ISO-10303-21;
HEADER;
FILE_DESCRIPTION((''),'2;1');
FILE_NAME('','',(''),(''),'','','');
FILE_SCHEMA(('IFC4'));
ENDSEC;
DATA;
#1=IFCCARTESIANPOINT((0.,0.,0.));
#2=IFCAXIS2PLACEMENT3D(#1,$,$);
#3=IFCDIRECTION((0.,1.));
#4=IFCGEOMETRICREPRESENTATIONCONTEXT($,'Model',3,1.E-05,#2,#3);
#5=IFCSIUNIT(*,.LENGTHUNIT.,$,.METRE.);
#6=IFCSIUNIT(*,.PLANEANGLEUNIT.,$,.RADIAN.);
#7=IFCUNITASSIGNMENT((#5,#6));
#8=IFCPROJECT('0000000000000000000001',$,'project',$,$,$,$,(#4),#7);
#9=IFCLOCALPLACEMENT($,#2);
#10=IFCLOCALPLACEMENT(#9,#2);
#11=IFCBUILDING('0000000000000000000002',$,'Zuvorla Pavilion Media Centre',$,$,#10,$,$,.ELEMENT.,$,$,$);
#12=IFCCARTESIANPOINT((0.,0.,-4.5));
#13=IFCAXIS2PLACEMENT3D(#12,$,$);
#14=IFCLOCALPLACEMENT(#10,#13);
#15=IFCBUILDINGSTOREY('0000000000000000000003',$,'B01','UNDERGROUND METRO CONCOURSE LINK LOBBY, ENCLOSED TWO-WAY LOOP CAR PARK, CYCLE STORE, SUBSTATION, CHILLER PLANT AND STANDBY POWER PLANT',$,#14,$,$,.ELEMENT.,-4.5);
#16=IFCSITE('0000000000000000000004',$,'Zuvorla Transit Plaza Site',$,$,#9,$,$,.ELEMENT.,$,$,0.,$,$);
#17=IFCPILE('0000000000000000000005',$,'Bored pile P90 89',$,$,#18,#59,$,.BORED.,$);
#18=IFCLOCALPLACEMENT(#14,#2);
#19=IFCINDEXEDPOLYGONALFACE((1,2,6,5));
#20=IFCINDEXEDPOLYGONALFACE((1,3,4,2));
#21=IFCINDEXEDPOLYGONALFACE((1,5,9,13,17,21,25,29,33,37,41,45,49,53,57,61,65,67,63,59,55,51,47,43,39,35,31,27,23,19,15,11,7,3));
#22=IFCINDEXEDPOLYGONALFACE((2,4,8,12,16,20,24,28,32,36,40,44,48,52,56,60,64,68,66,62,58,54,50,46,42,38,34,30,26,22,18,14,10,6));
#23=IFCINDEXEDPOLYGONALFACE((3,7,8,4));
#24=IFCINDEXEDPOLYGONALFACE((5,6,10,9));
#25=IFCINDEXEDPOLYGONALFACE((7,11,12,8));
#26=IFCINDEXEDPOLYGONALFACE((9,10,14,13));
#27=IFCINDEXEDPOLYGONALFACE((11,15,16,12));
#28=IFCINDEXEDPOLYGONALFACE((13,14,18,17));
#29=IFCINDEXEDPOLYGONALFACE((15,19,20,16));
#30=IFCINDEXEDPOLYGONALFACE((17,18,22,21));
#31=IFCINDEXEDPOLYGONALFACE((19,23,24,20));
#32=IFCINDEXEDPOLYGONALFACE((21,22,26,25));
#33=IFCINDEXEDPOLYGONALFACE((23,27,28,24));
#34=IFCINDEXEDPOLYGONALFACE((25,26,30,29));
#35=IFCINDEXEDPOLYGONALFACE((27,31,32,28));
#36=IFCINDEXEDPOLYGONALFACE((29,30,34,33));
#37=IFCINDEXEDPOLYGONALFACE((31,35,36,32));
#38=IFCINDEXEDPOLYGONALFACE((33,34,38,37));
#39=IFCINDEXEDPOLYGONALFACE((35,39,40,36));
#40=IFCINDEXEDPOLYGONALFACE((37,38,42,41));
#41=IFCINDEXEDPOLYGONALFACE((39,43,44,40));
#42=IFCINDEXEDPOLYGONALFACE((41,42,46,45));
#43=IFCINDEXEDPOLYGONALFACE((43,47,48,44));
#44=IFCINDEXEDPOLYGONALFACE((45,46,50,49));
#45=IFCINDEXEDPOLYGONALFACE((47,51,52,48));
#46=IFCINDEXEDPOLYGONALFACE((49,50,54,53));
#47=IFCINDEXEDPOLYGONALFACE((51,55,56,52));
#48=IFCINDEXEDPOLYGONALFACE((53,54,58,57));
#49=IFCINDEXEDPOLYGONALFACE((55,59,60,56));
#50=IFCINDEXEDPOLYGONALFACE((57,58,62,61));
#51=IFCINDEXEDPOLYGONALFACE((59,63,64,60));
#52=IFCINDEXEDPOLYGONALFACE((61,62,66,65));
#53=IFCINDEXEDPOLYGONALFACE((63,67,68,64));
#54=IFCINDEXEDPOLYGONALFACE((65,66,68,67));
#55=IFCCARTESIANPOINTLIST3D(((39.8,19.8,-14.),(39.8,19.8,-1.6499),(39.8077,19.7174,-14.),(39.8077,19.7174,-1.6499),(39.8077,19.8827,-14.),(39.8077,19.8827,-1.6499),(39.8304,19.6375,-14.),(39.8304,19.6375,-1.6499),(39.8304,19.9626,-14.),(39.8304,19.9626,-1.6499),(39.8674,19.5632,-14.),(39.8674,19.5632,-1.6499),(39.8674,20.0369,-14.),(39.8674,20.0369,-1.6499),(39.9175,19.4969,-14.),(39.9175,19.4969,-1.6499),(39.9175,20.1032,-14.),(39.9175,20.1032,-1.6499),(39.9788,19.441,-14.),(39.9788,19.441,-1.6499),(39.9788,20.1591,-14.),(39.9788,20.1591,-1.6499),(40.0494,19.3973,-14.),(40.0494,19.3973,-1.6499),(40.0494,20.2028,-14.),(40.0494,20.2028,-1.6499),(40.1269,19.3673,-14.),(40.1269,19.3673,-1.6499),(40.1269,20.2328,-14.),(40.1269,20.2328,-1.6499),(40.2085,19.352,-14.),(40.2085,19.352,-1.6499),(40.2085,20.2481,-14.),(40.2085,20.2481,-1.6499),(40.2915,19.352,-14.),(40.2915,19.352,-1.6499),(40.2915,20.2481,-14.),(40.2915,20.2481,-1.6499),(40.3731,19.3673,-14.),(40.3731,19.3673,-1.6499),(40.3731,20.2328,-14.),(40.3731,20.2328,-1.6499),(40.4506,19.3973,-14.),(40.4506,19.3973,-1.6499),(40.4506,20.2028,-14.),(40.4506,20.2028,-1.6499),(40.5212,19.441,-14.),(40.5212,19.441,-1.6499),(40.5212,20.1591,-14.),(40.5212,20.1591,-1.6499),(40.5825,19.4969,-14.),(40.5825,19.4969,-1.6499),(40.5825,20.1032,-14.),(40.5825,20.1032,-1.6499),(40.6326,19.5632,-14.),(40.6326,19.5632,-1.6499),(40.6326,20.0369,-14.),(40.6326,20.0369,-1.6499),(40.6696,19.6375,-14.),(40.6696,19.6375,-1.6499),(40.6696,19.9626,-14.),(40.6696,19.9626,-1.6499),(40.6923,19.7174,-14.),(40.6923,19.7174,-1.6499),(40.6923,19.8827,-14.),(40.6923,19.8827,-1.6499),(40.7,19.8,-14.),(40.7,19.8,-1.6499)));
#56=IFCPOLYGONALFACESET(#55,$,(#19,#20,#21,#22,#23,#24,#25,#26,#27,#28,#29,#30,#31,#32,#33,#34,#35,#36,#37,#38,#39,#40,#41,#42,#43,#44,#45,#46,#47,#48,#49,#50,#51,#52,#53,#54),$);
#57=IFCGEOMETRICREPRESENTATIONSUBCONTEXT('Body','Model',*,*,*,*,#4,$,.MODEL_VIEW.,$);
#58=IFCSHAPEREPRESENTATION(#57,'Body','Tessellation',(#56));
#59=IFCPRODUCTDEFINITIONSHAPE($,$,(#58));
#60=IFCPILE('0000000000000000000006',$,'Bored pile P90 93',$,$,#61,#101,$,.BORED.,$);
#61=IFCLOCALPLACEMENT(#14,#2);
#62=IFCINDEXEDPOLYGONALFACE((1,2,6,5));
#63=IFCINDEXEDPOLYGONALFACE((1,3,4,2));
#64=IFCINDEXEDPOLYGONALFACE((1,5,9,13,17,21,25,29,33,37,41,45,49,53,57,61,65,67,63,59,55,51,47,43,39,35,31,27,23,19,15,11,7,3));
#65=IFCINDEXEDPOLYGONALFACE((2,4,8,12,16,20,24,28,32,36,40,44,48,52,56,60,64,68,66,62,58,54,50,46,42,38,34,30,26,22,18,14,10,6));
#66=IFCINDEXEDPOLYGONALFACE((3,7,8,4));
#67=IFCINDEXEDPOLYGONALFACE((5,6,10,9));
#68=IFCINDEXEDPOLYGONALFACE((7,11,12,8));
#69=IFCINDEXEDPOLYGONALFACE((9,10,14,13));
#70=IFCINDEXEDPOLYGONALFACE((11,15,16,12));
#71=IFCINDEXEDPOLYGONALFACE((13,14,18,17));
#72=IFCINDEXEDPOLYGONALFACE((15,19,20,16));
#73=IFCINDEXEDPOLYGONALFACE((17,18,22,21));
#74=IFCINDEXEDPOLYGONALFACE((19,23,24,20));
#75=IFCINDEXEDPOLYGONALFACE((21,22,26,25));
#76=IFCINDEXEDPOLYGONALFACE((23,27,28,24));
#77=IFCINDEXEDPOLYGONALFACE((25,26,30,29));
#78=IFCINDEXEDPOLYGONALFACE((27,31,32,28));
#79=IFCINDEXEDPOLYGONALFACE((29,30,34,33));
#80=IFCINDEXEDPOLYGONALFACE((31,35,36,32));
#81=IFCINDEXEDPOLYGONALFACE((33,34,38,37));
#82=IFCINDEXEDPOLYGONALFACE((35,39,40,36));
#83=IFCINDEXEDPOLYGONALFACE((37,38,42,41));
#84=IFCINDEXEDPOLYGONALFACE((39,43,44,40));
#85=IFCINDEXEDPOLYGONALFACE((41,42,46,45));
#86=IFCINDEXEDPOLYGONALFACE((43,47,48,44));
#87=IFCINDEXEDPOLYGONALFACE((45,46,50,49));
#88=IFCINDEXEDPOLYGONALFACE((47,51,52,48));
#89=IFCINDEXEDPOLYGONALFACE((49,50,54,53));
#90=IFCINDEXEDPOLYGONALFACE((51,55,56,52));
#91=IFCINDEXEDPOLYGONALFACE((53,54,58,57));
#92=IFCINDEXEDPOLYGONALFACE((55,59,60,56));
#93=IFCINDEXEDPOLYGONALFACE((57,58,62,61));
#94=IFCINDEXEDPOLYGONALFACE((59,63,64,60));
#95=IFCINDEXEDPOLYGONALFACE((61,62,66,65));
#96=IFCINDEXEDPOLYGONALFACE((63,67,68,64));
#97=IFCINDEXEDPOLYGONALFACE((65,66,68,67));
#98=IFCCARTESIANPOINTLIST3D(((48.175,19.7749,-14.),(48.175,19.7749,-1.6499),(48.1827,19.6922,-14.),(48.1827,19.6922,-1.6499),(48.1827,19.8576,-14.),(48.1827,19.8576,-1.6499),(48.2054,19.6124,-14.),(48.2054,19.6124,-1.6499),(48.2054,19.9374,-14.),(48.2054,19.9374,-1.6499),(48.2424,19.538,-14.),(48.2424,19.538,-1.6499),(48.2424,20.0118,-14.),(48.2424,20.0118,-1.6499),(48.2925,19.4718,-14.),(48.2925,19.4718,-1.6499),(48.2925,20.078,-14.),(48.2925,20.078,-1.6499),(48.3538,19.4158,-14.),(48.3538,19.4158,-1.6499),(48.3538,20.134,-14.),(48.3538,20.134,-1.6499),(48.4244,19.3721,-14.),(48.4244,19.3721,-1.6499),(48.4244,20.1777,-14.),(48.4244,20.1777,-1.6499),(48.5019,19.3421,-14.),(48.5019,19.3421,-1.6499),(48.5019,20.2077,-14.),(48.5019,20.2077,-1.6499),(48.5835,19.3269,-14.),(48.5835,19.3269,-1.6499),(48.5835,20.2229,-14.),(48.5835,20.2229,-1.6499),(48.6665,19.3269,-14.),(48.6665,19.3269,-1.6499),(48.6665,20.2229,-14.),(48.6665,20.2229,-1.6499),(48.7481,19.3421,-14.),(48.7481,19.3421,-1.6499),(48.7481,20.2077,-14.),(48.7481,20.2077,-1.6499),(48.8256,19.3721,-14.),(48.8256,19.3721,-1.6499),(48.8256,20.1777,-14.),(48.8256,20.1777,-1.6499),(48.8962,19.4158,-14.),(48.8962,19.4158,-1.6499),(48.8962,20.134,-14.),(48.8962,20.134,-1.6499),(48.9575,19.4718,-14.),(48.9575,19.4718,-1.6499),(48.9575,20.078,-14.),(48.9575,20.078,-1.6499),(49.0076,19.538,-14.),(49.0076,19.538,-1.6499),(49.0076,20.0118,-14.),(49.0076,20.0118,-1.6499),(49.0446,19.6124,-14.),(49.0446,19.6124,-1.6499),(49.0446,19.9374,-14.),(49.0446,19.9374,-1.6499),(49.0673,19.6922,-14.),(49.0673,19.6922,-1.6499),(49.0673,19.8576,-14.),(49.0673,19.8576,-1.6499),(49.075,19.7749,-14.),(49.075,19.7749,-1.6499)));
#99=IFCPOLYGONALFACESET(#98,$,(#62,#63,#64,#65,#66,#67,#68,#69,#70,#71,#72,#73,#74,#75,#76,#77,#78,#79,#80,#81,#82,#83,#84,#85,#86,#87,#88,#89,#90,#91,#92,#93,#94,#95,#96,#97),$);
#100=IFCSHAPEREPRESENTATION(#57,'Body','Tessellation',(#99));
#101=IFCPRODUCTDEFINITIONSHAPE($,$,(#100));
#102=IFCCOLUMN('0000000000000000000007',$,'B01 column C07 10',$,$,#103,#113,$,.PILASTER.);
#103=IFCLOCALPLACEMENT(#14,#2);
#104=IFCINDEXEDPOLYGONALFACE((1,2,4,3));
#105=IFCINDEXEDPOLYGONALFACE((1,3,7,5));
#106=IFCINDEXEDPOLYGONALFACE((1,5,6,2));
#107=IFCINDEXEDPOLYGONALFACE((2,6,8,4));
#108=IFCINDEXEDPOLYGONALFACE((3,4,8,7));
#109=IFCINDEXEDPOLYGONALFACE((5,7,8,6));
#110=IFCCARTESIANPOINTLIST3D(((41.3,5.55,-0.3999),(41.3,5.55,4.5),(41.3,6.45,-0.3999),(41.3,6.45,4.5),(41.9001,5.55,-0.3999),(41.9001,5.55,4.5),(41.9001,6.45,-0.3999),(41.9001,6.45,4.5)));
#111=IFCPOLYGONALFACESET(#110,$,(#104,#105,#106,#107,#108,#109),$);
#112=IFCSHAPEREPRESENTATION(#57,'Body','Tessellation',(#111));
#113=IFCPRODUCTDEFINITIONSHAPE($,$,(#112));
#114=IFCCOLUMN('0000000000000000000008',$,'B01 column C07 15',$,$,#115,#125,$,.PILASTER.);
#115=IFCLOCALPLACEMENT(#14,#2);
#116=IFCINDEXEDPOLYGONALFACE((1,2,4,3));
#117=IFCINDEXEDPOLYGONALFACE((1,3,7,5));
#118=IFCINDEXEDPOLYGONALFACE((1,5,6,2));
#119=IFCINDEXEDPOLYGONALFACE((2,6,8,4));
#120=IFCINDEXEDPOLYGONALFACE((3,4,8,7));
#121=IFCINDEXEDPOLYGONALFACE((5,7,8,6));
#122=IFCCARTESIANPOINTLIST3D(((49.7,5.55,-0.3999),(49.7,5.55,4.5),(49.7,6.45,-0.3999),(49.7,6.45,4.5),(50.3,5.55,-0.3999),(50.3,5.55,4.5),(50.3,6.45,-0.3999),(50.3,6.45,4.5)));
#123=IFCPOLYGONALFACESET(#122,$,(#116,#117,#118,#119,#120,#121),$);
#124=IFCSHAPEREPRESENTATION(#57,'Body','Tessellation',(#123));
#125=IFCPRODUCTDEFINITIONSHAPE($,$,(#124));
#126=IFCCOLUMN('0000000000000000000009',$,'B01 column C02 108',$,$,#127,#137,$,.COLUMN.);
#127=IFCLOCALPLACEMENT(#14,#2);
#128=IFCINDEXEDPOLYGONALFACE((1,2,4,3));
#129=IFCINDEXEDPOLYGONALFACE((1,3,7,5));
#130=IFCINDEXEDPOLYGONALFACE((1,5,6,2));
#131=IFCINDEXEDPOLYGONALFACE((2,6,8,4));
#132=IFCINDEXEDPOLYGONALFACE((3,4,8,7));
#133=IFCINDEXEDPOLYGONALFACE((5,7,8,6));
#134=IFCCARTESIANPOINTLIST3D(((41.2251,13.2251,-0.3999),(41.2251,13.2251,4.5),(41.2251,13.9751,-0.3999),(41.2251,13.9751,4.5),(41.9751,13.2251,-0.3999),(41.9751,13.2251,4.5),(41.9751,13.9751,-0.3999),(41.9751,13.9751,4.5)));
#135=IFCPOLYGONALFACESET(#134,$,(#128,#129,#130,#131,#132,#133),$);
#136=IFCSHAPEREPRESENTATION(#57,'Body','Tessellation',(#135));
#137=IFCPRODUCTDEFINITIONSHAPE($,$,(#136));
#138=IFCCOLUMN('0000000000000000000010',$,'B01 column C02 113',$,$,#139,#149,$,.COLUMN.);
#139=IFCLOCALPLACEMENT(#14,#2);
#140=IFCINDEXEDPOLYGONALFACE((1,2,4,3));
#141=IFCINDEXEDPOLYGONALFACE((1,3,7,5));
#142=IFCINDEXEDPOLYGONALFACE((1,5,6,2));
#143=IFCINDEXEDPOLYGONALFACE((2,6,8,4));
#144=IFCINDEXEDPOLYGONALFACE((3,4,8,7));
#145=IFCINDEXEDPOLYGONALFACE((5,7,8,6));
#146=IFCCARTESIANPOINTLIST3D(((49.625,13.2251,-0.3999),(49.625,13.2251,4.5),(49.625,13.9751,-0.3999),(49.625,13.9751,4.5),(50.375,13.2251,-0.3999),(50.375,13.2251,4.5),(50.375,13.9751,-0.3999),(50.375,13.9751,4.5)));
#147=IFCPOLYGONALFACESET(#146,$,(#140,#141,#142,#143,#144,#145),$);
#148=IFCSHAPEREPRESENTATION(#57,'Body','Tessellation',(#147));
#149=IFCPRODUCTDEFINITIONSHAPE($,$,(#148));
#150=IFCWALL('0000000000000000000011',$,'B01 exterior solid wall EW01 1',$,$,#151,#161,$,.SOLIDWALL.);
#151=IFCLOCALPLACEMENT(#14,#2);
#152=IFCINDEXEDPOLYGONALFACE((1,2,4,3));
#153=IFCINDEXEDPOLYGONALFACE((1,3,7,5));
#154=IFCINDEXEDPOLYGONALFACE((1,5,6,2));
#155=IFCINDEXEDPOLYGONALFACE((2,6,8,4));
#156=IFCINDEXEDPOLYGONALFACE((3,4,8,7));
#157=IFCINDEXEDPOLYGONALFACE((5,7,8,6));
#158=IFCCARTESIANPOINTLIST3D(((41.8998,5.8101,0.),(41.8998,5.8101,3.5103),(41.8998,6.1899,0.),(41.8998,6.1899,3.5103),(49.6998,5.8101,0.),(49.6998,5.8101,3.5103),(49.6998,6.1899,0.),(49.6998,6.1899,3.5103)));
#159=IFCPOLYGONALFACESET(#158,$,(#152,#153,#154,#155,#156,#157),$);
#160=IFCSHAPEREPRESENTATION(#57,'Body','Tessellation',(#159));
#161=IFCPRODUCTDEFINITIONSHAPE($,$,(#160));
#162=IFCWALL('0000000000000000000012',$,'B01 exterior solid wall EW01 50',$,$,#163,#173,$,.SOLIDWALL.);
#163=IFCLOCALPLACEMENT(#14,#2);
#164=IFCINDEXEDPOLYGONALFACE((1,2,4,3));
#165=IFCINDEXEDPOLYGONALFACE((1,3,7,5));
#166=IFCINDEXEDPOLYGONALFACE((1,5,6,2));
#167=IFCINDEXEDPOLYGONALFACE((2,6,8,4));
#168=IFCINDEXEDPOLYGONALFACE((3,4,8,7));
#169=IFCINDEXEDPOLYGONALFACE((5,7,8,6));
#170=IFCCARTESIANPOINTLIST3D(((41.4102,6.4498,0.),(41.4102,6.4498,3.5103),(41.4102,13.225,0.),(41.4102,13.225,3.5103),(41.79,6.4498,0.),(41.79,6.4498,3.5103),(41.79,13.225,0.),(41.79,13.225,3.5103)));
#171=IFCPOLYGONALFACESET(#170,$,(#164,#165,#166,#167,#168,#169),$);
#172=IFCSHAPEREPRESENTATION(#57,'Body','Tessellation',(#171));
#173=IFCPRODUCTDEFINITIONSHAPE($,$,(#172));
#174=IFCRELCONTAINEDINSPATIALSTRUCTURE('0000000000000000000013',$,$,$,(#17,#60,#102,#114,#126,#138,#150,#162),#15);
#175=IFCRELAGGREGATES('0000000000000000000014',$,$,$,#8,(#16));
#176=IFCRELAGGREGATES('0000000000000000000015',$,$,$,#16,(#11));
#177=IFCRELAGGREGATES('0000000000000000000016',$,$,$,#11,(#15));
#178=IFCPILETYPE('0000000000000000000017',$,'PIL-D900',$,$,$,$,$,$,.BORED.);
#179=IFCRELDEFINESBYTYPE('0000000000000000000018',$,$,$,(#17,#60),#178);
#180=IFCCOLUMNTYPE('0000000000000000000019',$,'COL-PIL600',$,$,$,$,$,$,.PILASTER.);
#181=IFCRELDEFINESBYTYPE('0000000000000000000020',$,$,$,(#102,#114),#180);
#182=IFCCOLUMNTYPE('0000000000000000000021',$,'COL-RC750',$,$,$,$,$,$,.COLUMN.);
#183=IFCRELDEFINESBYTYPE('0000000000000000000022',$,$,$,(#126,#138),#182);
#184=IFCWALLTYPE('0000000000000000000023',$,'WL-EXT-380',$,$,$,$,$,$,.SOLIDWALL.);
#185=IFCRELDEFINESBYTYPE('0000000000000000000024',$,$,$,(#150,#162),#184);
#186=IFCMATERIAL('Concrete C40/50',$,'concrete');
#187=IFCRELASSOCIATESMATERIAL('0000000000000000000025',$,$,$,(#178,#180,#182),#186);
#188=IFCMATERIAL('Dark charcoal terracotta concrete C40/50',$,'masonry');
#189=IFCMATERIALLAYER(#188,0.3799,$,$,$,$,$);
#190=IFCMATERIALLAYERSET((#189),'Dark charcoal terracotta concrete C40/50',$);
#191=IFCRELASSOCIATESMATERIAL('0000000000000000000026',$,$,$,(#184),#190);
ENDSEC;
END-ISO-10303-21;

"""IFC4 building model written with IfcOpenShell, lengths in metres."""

from ifc_helpers import new_model, si_unit, direction, frame, frame_2d, origin, origin_2d, place, context, subcontext, project, spatial, rectangle, circle, extrude, material, layer, layer_set, material_profile, profile_set, type_object, element, save


model = new_model("IFC4")

# Units and contexts
model_context = context("Model", 3, precision=1e-05, world=origin(), true_north=direction((0.0, 1.0)))
body_context = subcontext(model_context, "Body", "Model", "MODEL_VIEW")
ifc_project = project(units=[si_unit("LENGTHUNIT", "METRE"), si_unit("PLANEANGLEUNIT", "RADIAN")], contexts=[model_context])

# Site, building, storey
site_placement = place(None, origin())
site = spatial("IfcSite", under=ifc_project, at=site_placement, Name="Zuvorla Transit Plaza Site", CompositionType="ELEMENT", RefElevation=0.0)
building_placement = place(site_placement, origin())
building = spatial("IfcBuilding", under=site, at=building_placement, Name="Zuvorla Pavilion Media Centre", CompositionType="ELEMENT")
storey_placement = place(building_placement, frame((0.0, 0.0, -4.5)))
storey = spatial("IfcBuildingStorey", under=building, at=storey_placement, Name="B01", Description="UNDERGROUND METRO CONCOURSE LINK LOBBY, ENCLOSED TWO-WAY LOOP CAR PARK, CYCLE STORE, SUBSTATION, CHILLER PLANT AND STANDBY POWER PLANT", CompositionType="ELEMENT", Elevation=-4.5)

# Shared definitions
ifc_material_1 = material(Name="Concrete C40/50", Category="concrete")

# Piles
ifc_material_profile_1 = material_profile(ifc_material_1, circle(Radius=0.45, at=origin_2d()), Name="BORED PILE 900")
ifc_profile_set_1 = profile_set([ifc_material_profile_1], Name="Concrete C40/50")
pile_type = type_object("IfcPileType", Name="PIL-D900", PredefinedType="BORED", material=ifc_profile_set_1)
for number, where, z_axis, x_axis, name in (
    (1, (40.25, 19.8, -1.6499), (0.0, 0.0, -1.0), (1.0, 0.0, 0.0), "Bored pile P90 89"),
    (2, (48.625, 19.7749, -1.6499), (0.0, 0.0, -1.0), (1.0, 0.0, 0.0), "Bored pile P90 93"),
):
    element("IfcPile", number, at=place(storey_placement, frame(where, z_axis=z_axis, x_axis=x_axis)), inside=storey, type_object=pile_type, Name=name, PredefinedType="BORED", context=body_context, shape_type="SweptSolid", body=[
        extrude(circle(Radius=0.45, at=origin_2d()), origin(), (0.0, 0.0, 1.0), 12.3501),
    ])

# Columns
ifc_material_profile_2 = material_profile(ifc_material_1, rectangle(XDim=0.6001, YDim=0.8999, at=origin_2d()), Name="RC 600x900")
ifc_profile_set_2 = profile_set([ifc_material_profile_2], Name="Concrete C40/50")
column_type_1 = type_object("IfcColumnType", Name="COL-PIL600", PredefinedType="PILASTER", material=ifc_profile_set_2)
for number, where, z_axis, x_axis, name in (
    (3, (41.6001, 6.0, -0.3999), (0.0, 0.0, 1.0), (1.0, 0.0, 0.0), "B01 column C07 10"),
    (4, (50.0, 6.0, -0.3999), (0.0, 0.0, 1.0), (1.0, 0.0, 0.0), "B01 column C07 15"),
):
    element("IfcColumn", number, at=place(storey_placement, frame(where, z_axis=z_axis, x_axis=x_axis)), inside=storey, type_object=column_type_1, Name=name, PredefinedType="PILASTER", context=body_context, shape_type="SweptSolid", body=[
        extrude(rectangle(XDim=0.6001, YDim=0.8999, at=origin_2d()), origin(), (0.0, 0.0, 1.0), 4.8999),
    ])
ifc_material_profile_3 = material_profile(ifc_material_1, rectangle(XDim=0.75, YDim=0.75, at=origin_2d()), Name="RC 750x750")
ifc_profile_set_3 = profile_set([ifc_material_profile_3], Name="Concrete C40/50")
column_type_2 = type_object("IfcColumnType", Name="COL-RC750", PredefinedType="COLUMN", material=ifc_profile_set_3)
for number, where, z_axis, x_axis, name in (
    (5, (41.6001, 13.6001, -0.3999), (0.0, 0.0, 1.0), (1.0, 0.0, 0.0), "B01 column C02 108"),
    (6, (50.0, 13.6001, -0.3999), (0.0, 0.0, 1.0), (1.0, 0.0, 0.0), "B01 column C02 113"),
):
    element("IfcColumn", number, at=place(storey_placement, frame(where, z_axis=z_axis, x_axis=x_axis)), inside=storey, type_object=column_type_2, Name=name, PredefinedType="COLUMN", context=body_context, shape_type="SweptSolid", body=[
        extrude(rectangle(XDim=0.75, YDim=0.75, at=origin_2d()), origin(), (0.0, 0.0, 1.0), 4.8999),
    ])

# Walls
ifc_material_2 = material(Name="Dark charcoal terracotta concrete C40/50", Category="masonry")
ifc_layer = layer(ifc_material_2, 0.3799)
ifc_layer_set = layer_set([ifc_layer], Name="Dark charcoal terracotta concrete C40/50")
wall_type = type_object("IfcWallType", Name="WL-EXT-380", PredefinedType="SOLIDWALL", material=ifc_layer_set)
wall_1_placement = place(storey_placement, frame((41.8999, 6.0, 0.0), z_axis=(0.0, 0.0, 1.0), x_axis=(1.0, 0.0, 0.0)))
element("IfcWall", 7, at=wall_1_placement, inside=storey, type_object=wall_type, Name="B01 exterior solid wall EW01 1", PredefinedType="SOLIDWALL", context=body_context, shape_type="SweptSolid", body=[
    extrude(rectangle(XDim=7.8, YDim=0.3799, at=frame_2d((3.8999, 0.0))), origin(), (0.0, 0.0, 1.0), 3.5103),
])
wall_2_placement = place(storey_placement, frame((41.6001, 13.2251, 0.0), z_axis=(0.0, 0.0, 1.0), x_axis=(0.0, -1.0, 0.0)))
element("IfcWall", 8, at=wall_2_placement, inside=storey, type_object=wall_type, Name="B01 exterior solid wall EW01 50", PredefinedType="SOLIDWALL", context=body_context, shape_type="SweptSolid", body=[
    extrude(rectangle(XDim=6.7751, YDim=0.3799, at=frame_2d((3.3877, 0.0))), origin(), (0.0, 0.0, 1.0), 3.5103),
])

save(model, "model.ifc")
